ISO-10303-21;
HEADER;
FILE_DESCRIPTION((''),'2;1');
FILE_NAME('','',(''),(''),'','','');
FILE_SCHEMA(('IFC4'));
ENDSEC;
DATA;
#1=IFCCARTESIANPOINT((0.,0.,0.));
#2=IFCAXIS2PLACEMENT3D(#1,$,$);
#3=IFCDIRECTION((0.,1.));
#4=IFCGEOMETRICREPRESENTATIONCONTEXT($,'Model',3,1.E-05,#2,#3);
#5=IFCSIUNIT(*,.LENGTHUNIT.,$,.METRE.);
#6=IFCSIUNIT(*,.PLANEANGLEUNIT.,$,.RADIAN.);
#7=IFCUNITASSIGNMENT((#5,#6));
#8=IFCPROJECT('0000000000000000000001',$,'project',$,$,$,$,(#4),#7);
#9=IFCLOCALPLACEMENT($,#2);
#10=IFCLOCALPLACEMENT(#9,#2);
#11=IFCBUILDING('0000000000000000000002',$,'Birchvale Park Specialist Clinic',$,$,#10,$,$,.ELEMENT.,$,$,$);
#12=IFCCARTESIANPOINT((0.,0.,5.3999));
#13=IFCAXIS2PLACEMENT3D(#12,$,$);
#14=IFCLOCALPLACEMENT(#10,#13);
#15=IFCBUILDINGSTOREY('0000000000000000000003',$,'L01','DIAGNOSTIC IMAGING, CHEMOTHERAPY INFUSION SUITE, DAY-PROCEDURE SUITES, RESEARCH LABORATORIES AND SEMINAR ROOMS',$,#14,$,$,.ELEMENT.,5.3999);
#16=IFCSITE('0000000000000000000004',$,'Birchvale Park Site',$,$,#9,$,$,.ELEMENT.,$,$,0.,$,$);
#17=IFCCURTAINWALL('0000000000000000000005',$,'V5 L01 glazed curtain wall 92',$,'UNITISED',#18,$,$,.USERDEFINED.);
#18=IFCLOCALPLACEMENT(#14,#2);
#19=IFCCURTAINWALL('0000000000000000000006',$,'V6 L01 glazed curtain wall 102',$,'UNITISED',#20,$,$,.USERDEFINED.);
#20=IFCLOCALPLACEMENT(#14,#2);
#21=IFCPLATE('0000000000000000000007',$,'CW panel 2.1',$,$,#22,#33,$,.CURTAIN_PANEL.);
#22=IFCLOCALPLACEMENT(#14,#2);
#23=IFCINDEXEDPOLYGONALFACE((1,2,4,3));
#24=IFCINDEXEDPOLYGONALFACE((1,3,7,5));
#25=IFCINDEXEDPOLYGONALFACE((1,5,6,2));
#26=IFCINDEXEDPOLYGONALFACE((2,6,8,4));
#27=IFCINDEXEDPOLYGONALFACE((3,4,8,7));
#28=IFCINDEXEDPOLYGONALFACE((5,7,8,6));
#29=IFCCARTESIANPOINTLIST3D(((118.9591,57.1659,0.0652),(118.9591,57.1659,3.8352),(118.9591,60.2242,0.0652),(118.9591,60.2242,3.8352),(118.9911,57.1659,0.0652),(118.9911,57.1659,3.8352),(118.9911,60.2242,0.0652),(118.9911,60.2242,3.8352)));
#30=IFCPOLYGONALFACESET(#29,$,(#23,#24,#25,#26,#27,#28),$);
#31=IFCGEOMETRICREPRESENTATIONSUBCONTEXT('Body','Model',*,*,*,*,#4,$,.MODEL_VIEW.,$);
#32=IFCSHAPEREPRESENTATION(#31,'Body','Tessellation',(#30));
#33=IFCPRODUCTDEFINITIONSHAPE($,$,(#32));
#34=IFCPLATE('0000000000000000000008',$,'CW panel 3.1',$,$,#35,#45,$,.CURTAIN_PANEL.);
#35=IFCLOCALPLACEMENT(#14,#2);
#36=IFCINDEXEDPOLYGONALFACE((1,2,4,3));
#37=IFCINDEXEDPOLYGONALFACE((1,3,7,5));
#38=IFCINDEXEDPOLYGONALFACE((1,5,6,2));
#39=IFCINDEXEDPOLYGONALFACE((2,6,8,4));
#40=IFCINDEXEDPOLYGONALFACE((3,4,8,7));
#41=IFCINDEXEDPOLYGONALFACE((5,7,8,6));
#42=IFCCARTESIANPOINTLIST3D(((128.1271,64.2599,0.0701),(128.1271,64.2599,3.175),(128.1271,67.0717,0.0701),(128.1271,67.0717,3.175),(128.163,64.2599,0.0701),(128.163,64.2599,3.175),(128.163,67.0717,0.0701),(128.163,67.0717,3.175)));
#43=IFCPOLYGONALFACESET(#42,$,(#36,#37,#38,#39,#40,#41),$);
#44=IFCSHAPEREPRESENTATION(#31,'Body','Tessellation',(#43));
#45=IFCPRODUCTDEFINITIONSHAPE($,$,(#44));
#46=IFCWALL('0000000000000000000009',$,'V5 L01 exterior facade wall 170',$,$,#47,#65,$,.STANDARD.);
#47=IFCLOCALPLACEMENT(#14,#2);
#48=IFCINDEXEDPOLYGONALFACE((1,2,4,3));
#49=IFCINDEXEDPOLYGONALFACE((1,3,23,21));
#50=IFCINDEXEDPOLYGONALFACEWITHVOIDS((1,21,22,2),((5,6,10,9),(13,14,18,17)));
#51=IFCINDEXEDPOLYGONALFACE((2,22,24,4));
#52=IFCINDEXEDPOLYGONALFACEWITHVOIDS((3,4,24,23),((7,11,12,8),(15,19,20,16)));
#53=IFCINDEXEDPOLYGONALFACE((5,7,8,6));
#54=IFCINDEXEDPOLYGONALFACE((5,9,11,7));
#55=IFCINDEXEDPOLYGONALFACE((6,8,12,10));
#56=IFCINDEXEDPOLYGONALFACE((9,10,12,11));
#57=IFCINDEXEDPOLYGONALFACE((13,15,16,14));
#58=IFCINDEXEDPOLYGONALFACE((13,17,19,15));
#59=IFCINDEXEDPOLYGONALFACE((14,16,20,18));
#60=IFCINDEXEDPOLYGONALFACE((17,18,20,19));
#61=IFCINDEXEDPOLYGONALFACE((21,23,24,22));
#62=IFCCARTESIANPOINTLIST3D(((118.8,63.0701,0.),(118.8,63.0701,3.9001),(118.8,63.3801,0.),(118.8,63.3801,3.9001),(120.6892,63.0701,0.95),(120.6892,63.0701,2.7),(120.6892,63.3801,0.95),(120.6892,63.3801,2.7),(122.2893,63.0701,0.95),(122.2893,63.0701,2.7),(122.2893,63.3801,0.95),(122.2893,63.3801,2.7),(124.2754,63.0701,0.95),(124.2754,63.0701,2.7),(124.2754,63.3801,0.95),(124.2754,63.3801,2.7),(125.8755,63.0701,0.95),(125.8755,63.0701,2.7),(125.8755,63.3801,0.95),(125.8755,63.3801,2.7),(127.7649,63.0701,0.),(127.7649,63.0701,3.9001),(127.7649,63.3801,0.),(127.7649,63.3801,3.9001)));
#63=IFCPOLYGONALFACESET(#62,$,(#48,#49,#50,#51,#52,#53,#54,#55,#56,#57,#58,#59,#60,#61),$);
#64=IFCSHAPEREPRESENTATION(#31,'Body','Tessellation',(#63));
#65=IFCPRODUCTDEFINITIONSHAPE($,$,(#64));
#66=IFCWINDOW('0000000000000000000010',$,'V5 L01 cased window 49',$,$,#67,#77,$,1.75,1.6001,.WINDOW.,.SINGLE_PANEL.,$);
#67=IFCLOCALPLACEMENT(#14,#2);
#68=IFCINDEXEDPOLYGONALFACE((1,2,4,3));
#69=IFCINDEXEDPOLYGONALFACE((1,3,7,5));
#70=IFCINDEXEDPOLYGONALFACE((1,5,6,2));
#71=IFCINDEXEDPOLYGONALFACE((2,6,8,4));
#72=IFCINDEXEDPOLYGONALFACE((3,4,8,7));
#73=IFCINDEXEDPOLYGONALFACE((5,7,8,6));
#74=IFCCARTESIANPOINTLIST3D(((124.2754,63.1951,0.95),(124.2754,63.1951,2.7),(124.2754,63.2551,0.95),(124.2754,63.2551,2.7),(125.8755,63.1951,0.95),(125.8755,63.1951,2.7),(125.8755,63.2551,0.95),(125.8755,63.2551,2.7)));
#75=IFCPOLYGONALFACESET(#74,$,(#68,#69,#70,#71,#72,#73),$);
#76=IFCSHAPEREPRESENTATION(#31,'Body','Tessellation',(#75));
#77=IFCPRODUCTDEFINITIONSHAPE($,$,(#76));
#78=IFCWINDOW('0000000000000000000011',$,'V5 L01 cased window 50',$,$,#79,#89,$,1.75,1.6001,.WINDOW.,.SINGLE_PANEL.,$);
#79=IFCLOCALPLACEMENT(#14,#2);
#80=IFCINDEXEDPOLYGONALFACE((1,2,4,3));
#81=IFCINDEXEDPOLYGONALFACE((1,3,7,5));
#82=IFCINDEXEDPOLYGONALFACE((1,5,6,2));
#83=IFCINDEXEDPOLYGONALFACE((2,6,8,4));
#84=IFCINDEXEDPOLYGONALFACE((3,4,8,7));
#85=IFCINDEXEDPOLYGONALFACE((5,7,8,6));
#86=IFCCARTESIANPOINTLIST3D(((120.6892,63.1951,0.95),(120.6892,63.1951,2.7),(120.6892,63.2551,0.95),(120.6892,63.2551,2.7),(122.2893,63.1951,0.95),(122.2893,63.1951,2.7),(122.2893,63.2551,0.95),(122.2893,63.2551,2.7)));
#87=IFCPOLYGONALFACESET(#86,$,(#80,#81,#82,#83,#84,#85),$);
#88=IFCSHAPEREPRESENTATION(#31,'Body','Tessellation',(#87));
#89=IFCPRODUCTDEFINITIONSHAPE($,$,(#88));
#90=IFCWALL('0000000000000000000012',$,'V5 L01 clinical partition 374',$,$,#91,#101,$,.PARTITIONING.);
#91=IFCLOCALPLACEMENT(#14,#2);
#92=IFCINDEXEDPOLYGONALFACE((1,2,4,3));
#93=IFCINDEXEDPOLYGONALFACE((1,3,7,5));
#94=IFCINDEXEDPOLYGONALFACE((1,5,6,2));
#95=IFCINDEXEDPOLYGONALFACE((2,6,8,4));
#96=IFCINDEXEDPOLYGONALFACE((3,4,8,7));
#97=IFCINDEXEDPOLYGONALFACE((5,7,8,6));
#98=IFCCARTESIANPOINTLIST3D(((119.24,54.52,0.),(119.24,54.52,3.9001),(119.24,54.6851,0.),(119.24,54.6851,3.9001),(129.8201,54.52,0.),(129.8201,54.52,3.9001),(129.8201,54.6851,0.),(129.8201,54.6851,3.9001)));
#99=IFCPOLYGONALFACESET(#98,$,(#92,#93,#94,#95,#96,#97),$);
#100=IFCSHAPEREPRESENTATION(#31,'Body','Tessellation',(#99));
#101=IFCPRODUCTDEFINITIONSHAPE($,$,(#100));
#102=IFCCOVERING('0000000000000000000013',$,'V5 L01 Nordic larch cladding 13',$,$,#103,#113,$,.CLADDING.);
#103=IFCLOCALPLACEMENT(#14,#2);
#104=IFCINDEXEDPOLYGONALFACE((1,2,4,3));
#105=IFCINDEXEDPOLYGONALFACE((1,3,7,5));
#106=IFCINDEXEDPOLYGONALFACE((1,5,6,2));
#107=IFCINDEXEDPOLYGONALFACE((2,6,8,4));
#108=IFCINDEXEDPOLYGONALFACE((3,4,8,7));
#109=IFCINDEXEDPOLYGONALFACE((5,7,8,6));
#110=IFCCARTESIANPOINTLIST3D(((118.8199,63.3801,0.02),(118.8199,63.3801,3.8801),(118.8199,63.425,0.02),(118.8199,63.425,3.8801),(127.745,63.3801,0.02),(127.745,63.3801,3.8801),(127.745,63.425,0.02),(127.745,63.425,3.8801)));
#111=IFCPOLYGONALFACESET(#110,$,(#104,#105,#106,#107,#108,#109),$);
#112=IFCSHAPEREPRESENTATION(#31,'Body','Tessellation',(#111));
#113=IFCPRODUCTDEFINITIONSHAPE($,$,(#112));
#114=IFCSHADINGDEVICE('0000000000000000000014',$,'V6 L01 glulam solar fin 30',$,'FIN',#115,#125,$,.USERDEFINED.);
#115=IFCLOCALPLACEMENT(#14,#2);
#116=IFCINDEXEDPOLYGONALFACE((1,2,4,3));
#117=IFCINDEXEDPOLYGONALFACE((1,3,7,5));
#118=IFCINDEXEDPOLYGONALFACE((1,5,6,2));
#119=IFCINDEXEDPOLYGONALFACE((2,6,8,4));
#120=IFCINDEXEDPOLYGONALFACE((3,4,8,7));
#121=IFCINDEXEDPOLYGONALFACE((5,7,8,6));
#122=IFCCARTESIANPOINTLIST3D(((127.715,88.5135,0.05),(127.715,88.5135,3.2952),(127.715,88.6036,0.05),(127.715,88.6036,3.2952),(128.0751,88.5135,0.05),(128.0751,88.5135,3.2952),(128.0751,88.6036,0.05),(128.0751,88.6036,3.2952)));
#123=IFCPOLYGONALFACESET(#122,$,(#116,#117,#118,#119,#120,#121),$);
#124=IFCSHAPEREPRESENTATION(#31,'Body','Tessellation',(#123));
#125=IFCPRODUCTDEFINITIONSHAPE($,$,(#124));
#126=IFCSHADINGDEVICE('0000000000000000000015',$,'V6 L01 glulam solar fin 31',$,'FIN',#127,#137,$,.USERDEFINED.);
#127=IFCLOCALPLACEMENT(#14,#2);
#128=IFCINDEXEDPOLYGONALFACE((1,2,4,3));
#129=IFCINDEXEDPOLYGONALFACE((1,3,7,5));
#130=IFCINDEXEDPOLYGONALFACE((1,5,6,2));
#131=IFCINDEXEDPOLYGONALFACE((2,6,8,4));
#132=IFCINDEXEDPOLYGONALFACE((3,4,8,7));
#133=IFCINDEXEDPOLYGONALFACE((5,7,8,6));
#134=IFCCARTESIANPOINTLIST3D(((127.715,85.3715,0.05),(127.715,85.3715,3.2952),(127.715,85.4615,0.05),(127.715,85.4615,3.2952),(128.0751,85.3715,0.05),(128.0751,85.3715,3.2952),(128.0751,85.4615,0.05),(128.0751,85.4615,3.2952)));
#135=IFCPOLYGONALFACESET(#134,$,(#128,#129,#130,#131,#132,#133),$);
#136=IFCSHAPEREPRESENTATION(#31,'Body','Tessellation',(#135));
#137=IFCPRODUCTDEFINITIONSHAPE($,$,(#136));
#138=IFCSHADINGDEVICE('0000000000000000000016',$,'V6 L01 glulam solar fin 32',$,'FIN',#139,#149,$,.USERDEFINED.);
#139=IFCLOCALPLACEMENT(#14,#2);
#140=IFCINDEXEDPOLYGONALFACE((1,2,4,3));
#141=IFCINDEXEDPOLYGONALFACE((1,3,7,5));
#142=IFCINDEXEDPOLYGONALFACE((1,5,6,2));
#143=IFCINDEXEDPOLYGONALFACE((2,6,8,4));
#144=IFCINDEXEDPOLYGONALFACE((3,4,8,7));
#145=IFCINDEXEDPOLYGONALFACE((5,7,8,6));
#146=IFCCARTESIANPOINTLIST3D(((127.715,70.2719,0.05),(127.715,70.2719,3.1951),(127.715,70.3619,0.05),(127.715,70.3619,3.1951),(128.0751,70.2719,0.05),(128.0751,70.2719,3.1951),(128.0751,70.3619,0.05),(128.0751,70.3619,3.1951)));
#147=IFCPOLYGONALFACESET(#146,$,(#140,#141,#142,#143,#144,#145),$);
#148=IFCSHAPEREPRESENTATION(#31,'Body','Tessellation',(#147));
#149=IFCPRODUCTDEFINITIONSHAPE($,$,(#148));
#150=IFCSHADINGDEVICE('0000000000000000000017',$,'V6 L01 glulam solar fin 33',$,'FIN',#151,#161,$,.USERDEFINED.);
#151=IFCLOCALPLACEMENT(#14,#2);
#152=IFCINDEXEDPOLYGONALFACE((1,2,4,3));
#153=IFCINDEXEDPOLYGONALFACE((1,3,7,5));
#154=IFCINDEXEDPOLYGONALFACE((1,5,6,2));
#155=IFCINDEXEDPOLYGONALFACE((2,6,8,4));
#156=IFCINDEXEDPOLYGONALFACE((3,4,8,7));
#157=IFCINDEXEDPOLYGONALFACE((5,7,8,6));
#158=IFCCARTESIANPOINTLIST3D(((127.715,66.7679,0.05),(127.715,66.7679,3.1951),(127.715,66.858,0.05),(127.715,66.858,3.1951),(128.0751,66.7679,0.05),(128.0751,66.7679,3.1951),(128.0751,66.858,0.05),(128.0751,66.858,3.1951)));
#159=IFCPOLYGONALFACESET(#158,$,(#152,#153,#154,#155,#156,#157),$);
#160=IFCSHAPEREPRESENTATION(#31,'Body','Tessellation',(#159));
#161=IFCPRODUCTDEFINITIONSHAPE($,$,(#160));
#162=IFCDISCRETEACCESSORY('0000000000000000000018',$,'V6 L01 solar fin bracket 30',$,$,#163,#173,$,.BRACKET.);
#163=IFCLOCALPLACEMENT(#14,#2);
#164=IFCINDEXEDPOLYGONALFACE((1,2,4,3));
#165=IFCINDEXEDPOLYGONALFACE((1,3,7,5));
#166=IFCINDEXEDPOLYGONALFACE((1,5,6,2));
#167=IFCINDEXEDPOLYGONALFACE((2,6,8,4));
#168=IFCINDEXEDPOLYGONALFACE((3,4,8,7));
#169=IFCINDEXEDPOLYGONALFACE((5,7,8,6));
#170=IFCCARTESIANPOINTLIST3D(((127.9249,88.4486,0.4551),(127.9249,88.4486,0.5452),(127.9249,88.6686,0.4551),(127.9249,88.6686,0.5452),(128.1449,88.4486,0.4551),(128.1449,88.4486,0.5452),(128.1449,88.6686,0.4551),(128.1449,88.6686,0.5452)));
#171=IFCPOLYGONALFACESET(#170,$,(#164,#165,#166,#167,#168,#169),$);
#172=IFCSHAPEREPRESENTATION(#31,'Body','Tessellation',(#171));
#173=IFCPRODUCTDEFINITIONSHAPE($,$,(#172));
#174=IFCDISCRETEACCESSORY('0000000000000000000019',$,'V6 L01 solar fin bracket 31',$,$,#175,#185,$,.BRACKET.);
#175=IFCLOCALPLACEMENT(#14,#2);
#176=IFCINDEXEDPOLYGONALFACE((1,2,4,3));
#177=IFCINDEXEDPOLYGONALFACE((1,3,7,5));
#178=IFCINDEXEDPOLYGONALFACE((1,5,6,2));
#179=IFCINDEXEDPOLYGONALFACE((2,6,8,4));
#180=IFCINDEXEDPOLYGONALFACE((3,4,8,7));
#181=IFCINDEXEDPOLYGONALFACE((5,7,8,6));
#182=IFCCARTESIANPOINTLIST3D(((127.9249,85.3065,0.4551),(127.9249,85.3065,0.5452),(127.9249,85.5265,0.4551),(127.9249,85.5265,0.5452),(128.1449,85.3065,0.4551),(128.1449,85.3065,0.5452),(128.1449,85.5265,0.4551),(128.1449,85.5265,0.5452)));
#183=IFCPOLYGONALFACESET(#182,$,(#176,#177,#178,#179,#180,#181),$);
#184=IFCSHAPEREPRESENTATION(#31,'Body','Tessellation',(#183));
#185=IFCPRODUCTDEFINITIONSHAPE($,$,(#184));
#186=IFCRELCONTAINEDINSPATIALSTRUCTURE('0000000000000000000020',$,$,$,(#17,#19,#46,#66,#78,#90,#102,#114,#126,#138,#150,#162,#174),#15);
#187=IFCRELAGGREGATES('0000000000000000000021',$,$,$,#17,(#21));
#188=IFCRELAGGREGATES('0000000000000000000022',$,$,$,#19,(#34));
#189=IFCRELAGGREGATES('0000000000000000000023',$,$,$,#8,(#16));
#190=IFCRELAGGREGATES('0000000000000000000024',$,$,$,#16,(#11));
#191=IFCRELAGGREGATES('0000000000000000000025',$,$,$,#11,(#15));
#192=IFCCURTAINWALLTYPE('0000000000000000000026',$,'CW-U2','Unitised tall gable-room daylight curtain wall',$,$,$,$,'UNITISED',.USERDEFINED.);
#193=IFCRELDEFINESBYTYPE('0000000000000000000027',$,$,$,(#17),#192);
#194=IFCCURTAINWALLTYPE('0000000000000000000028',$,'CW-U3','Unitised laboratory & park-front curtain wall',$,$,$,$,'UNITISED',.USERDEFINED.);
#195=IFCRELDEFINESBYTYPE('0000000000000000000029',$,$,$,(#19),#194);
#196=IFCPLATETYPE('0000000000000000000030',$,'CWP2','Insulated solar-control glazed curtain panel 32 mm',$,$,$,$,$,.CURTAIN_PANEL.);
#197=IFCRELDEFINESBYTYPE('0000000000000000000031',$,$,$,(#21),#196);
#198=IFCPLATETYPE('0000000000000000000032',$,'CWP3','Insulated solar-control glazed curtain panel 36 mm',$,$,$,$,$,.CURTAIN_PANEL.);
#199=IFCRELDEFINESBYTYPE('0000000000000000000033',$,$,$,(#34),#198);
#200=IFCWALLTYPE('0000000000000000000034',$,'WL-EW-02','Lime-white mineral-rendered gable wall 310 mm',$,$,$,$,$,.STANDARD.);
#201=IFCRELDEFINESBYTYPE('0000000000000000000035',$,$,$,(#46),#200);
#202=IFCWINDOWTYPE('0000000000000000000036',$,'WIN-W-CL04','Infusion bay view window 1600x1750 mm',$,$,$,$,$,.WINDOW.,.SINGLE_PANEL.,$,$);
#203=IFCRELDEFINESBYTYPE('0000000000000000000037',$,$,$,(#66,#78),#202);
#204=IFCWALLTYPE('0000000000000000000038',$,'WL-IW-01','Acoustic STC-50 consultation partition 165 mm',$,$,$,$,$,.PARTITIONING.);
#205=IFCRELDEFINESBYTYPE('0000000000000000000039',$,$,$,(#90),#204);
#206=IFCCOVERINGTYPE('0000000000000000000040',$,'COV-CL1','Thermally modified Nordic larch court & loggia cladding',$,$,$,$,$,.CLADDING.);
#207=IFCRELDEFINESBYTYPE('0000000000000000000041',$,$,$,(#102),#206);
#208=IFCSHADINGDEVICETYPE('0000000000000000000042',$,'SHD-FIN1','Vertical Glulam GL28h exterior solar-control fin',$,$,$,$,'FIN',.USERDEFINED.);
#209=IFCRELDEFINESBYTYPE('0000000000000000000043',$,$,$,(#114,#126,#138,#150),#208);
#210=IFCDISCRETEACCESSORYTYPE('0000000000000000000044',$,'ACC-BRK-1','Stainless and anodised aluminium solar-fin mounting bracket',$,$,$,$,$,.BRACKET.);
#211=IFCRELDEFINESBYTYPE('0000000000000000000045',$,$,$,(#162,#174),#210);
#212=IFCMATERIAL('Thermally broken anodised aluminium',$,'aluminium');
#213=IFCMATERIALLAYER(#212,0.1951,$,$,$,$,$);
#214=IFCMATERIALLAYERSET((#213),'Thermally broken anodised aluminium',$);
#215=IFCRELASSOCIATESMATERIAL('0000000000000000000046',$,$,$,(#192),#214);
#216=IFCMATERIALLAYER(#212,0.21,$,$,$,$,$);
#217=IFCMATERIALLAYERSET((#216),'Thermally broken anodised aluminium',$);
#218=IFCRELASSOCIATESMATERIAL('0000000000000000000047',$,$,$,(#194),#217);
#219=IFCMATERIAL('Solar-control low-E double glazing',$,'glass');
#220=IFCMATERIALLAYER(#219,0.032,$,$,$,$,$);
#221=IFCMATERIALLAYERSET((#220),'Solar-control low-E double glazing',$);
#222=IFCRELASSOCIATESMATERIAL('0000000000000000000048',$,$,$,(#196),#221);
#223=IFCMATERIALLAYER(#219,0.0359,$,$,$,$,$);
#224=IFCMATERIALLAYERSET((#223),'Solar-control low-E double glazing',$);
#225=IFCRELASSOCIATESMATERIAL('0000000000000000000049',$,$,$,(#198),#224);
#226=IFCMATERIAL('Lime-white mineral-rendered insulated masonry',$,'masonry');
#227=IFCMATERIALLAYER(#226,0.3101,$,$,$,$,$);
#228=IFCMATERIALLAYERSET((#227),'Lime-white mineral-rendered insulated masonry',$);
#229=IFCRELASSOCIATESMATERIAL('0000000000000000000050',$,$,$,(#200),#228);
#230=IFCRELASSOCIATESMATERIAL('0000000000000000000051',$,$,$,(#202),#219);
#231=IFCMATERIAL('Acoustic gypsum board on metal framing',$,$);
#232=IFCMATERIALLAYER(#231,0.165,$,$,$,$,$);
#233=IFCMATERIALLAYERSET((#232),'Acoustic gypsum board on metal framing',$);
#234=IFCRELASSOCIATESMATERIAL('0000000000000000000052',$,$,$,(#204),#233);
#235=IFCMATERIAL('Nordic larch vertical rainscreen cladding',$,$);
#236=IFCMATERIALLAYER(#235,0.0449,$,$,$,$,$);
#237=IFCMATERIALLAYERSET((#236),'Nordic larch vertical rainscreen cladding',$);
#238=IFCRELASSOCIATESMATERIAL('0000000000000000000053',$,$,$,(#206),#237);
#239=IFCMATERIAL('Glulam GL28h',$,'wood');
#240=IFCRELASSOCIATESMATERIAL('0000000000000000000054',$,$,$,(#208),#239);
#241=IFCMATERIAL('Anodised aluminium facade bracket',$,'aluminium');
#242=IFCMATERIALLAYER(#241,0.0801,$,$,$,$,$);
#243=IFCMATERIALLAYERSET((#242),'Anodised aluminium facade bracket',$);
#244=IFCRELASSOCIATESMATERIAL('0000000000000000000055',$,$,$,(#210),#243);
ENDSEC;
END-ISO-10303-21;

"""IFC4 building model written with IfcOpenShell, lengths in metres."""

from ifc_helpers import new_model, si_unit, direction, frame, frame_2d, origin, origin_2d, place, context, subcontext, project, spatial, rectangle, extrude, material, layer, layer_set, type_object, element, fill, aggregate, save


model = new_model("IFC4")

# Units and contexts
model_context = context("Model", 3, precision=1e-05, world=origin(), true_north=direction((0.0, 1.0)))
body_context = subcontext(model_context, "Body", "Model", "MODEL_VIEW")
ifc_project = project(units=[si_unit("LENGTHUNIT", "METRE"), si_unit("PLANEANGLEUNIT", "RADIAN")], contexts=[model_context])

# Site, building, storey
site_placement = place(None, origin())
site = spatial("IfcSite", under=ifc_project, at=site_placement, Name="Birchvale Park Site", CompositionType="ELEMENT", RefElevation=0.0)
building_placement = place(site_placement, origin())
building = spatial("IfcBuilding", under=site, at=building_placement, Name="Birchvale Park Specialist Clinic", CompositionType="ELEMENT")
storey_placement = place(building_placement, frame((0.0, 0.0, 5.3999)))
storey = spatial("IfcBuildingStorey", under=building, at=storey_placement, Name="L01", Description="DIAGNOSTIC IMAGING, CHEMOTHERAPY INFUSION SUITE, DAY-PROCEDURE SUITES, RESEARCH LABORATORIES AND SEMINAR ROOMS", CompositionType="ELEMENT", Elevation=5.3999)

# Curtain wall
ifc_material_1 = material(Name="Thermally broken anodised aluminium", Category="aluminium")
ifc_layer_1 = layer(ifc_material_1, 0.1951)
ifc_layer_set_1 = layer_set([ifc_layer_1], Name="Thermally broken anodised aluminium")
curtain_wall_type_1 = type_object("IfcCurtainWallType", Name="CW-U2", Description="Unitised tall gable-room daylight curtain wall", ElementType="UNITISED", PredefinedType="USERDEFINED", material=ifc_layer_set_1)
curtain_wall_1_placement = place(storey_placement, origin())
curtain_wall_1 = element("IfcCurtainWall", 1, at=curtain_wall_1_placement, inside=storey, type_object=curtain_wall_type_1, Name="V5 L01 glazed curtain wall 92", ObjectType="UNITISED", PredefinedType="USERDEFINED")

# Curtain wall
ifc_layer_2 = layer(ifc_material_1, 0.21)
ifc_layer_set_2 = layer_set([ifc_layer_2], Name="Thermally broken anodised aluminium")
curtain_wall_type_2 = type_object("IfcCurtainWallType", Name="CW-U3", Description="Unitised laboratory & park-front curtain wall", ElementType="UNITISED", PredefinedType="USERDEFINED", material=ifc_layer_set_2)
curtain_wall_2_placement = place(storey_placement, origin())
curtain_wall_2 = element("IfcCurtainWall", 2, at=curtain_wall_2_placement, inside=storey, type_object=curtain_wall_type_2, Name="V6 L01 glazed curtain wall 102", ObjectType="UNITISED", PredefinedType="USERDEFINED")

# Plates
ifc_material_2 = material(Name="Solar-control low-E double glazing", Category="glass")
ifc_layer_3 = layer(ifc_material_2, 0.032)
ifc_layer_set_3 = layer_set([ifc_layer_3], Name="Solar-control low-E double glazing")
plate_type_1 = type_object("IfcPlateType", Name="CWP2", Description="Insulated solar-control glazed curtain panel 32 mm", PredefinedType="CURTAIN_PANEL", material=ifc_layer_set_3)
plate_1_placement = place(storey_placement, frame((118.9751, 58.6951, 0.0652), z_axis=(0.0, 0.0, 1.0), x_axis=(0.0, -1.0, 0.0)))
plate_1 = element("IfcPlate", 3, at=plate_1_placement, type_object=plate_type_1, Name="CW panel 2.1", PredefinedType="CURTAIN_PANEL", context=body_context, shape_type="SweptSolid", body=[
    extrude(rectangle(XDim=3.0583, YDim=0.032, at=origin_2d()), origin(), (0.0, 0.0, 1.0), 3.77),
])
aggregate(curtain_wall_1, [plate_1])
ifc_layer_4 = layer(ifc_material_2, 0.0359)
ifc_layer_set_4 = layer_set([ifc_layer_4], Name="Solar-control low-E double glazing")
plate_type_2 = type_object("IfcPlateType", Name="CWP3", Description="Insulated solar-control glazed curtain panel 36 mm", PredefinedType="CURTAIN_PANEL", material=ifc_layer_set_4)
plate_2_placement = place(storey_placement, frame((128.145, 65.6658, 0.0701), z_axis=(0.0, 0.0, 1.0), x_axis=(0.0, -1.0, 0.0)))
plate_2 = element("IfcPlate", 4, at=plate_2_placement, type_object=plate_type_2, Name="CW panel 3.1", PredefinedType="CURTAIN_PANEL", context=body_context, shape_type="SweptSolid", body=[
    extrude(rectangle(XDim=2.8118, YDim=0.0359, at=origin_2d()), origin(), (0.0, 0.0, 1.0), 3.105),
])
aggregate(curtain_wall_2, [plate_2])

# Wall, openings, windows
ifc_material_3 = material(Name="Lime-white mineral-rendered insulated masonry", Category="masonry")
ifc_layer_5 = layer(ifc_material_3, 0.3101)
ifc_layer_set_5 = layer_set([ifc_layer_5], Name="Lime-white mineral-rendered insulated masonry")
wall_type_1 = type_object("IfcWallType", Name="WL-EW-02", Description="Lime-white mineral-rendered gable wall 310 mm", PredefinedType="STANDARD", material=ifc_layer_set_5)
wall_1_placement = place(storey_placement, frame((127.7649, 63.2251, 0.0), z_axis=(0.0, 0.0, 1.0), x_axis=(-1.0, 0.0, 0.0)))
wall_1 = element("IfcWall", 5, at=wall_1_placement, inside=storey, type_object=wall_type_1, Name="V5 L01 exterior facade wall 170", PredefinedType="STANDARD", context=body_context, shape_type="SweptSolid", body=[
    extrude(rectangle(XDim=8.9648, YDim=0.3101, at=frame_2d((4.4824, 0.0))), origin(), (0.0, 0.0, 1.0), 3.9001),
])
opening_1_placement = place(wall_1_placement, frame((1.8894, 0.0, 0.95)))
opening_1 = element("IfcOpeningElement", 6, at=opening_1_placement, cuts=wall_1, PredefinedType="OPENING", context=body_context, shape_type="SweptSolid", body=[
    extrude(rectangle(XDim=1.6001, YDim=1.75, at=frame_2d((0.8, 0.875))), frame((0.0, 0.165, 0.0), z_axis=(0.0, -1.0, 0.0), x_axis=(1.0, 0.0, 0.0)), (0.0, 0.0, 1.0), 0.3301),
])
opening_2_placement = place(wall_1_placement, frame((5.4756, 0.0, 0.95)))
opening_2 = element("IfcOpeningElement", 7, at=opening_2_placement, cuts=wall_1, PredefinedType="OPENING", context=body_context, shape_type="SweptSolid", body=[
    extrude(rectangle(XDim=1.6001, YDim=1.75, at=frame_2d((0.8, 0.875))), frame((0.0, 0.165, 0.0), z_axis=(0.0, -1.0, 0.0), x_axis=(1.0, 0.0, 0.0)), (0.0, 0.0, 1.0), 0.3301),
])
window_type = type_object("IfcWindowType", Name="WIN-W-CL04", Description="Infusion bay view window 1600x1750 mm", PartitioningType="SINGLE_PANEL", PredefinedType="WINDOW", material=ifc_material_2)
window_1_placement = place(opening_1_placement, origin())
window_1 = element("IfcWindow", 8, at=window_1_placement, inside=storey, type_object=window_type, Name="V5 L01 cased window 49", OverallHeight=1.75, OverallWidth=1.6001, PartitioningType="SINGLE_PANEL", PredefinedType="WINDOW", context=body_context, shape_type="SweptSolid", body=[
    extrude(rectangle(XDim=1.6001, YDim=1.75, at=frame_2d((0.8, 0.875))), frame((0.0, 0.03, 0.0), z_axis=(0.0, -1.0, 0.0), x_axis=(1.0, 0.0, 0.0)), (0.0, 0.0, 1.0), 0.0601),
])
fill(opening_1, window_1)
window_2_placement = place(opening_2_placement, origin())
window_2 = element("IfcWindow", 9, at=window_2_placement, inside=storey, type_object=window_type, Name="V5 L01 cased window 50", OverallHeight=1.75, OverallWidth=1.6001, PartitioningType="SINGLE_PANEL", PredefinedType="WINDOW", context=body_context, shape_type="SweptSolid", body=[
    extrude(rectangle(XDim=1.6001, YDim=1.75, at=frame_2d((0.8, 0.875))), frame((0.0, 0.03, 0.0), z_axis=(0.0, -1.0, 0.0), x_axis=(1.0, 0.0, 0.0)), (0.0, 0.0, 1.0), 0.0601),
])
fill(opening_2, window_2)

# Wall
ifc_material_4 = material(Name="Acoustic gypsum board on metal framing")
ifc_layer_6 = layer(ifc_material_4, 0.165)
ifc_layer_set_6 = layer_set([ifc_layer_6], Name="Acoustic gypsum board on metal framing")
wall_type_2 = type_object("IfcWallType", Name="WL-IW-01", Description="Acoustic STC-50 consultation partition 165 mm", PredefinedType="PARTITIONING", material=ifc_layer_set_6)
wall_2_placement = place(storey_placement, frame((119.24, 54.6025, 0.0), z_axis=(0.0, 0.0, 1.0), x_axis=(1.0, 0.0, 0.0)))
element("IfcWall", 10, at=wall_2_placement, inside=storey, type_object=wall_type_2, Name="V5 L01 clinical partition 374", PredefinedType="PARTITIONING", context=body_context, shape_type="SweptSolid", body=[
    extrude(rectangle(XDim=10.5801, YDim=0.165, at=frame_2d((5.29, 0.0))), origin(), (0.0, 0.0, 1.0), 3.9001),
])

# Covering
ifc_material_5 = material(Name="Nordic larch vertical rainscreen cladding")
ifc_layer_7 = layer(ifc_material_5, 0.0449)
ifc_layer_set_7 = layer_set([ifc_layer_7], Name="Nordic larch vertical rainscreen cladding")
covering_type = type_object("IfcCoveringType", Name="COV-CL1", Description="Thermally modified Nordic larch court & loggia cladding", PredefinedType="CLADDING", material=ifc_layer_set_7)
covering_placement = place(storey_placement, frame((123.2825, 63.4026, 0.02), z_axis=(0.0, 0.0, 1.0), x_axis=(-1.0, 0.0, 0.0)))
element("IfcCovering", 11, at=covering_placement, inside=storey, type_object=covering_type, Name="V5 L01 Nordic larch cladding 13", PredefinedType="CLADDING", context=body_context, shape_type="SweptSolid", body=[
    extrude(rectangle(XDim=8.925, YDim=0.0449, at=origin_2d()), origin(), (0.0, 0.0, 1.0), 3.8601),
])

# Shading devices
ifc_material_6 = material(Name="Glulam GL28h", Category="wood")
shading_device_type = type_object("IfcShadingDeviceType", Name="SHD-FIN1", Description="Vertical Glulam GL28h exterior solar-control fin", ElementType="FIN", PredefinedType="USERDEFINED", material=ifc_material_6)
for number, where, z_axis, x_axis, name in (
    (12, (127.895, 88.5586, 0.05), (0.0, 0.0, 1.0), (1.0, 0.0, 0.0), "V6 L01 glulam solar fin 30"),
    (13, (127.895, 85.4165, 0.05), (0.0, 0.0, 1.0), (1.0, 0.0, 0.0), "V6 L01 glulam solar fin 31"),
):
    element("IfcShadingDevice", number, at=place(storey_placement, frame(where, z_axis=z_axis, x_axis=x_axis)), inside=storey, type_object=shading_device_type, Name=name, ObjectType="FIN", PredefinedType="USERDEFINED", context=body_context, shape_type="SweptSolid", body=[
        extrude(rectangle(XDim=0.3601, YDim=0.0901, at=origin_2d()), origin(), (0.0, 0.0, 1.0), 3.2451),
    ])
for number, where, z_axis, x_axis, name in (
    (14, (127.895, 70.3169, 0.05), (0.0, 0.0, 1.0), (1.0, 0.0, 0.0), "V6 L01 glulam solar fin 32"),
    (15, (127.895, 66.813, 0.05), (0.0, 0.0, 1.0), (1.0, 0.0, 0.0), "V6 L01 glulam solar fin 33"),
):
    element("IfcShadingDevice", number, at=place(storey_placement, frame(where, z_axis=z_axis, x_axis=x_axis)), inside=storey, type_object=shading_device_type, Name=name, ObjectType="FIN", PredefinedType="USERDEFINED", context=body_context, shape_type="SweptSolid", body=[
        extrude(rectangle(XDim=0.3601, YDim=0.0901, at=origin_2d()), origin(), (0.0, 0.0, 1.0), 3.145),
    ])

# Discrete accessories
ifc_material_7 = material(Name="Anodised aluminium facade bracket", Category="aluminium")
ifc_layer_8 = layer(ifc_material_7, 0.0801)
ifc_layer_set_8 = layer_set([ifc_layer_8], Name="Anodised aluminium facade bracket")
discrete_accessory_type = type_object("IfcDiscreteAccessoryType", Name="ACC-BRK-1", Description="Stainless and anodised aluminium solar-fin mounting bracket", PredefinedType="BRACKET", material=ifc_layer_set_8)
for number, where, z_axis, x_axis, name in (
    (16, (128.0349, 88.5586, 0.4551), (0.0, 0.0, 1.0), (1.0, 0.0, 0.0), "V6 L01 solar fin bracket 30"),
    (17, (128.0349, 85.4165, 0.4551), (0.0, 0.0, 1.0), (1.0, 0.0, 0.0), "V6 L01 solar fin bracket 31"),
):
    element("IfcDiscreteAccessory", number, at=place(storey_placement, frame(where, z_axis=z_axis, x_axis=x_axis)), inside=storey, type_object=discrete_accessory_type, Name=name, PredefinedType="BRACKET", context=body_context, shape_type="SweptSolid", body=[
        extrude(rectangle(XDim=0.22, YDim=0.22, at=origin_2d()), origin(), (0.0, 0.0, 1.0), 0.0901),
    ])

save(model, "model.ifc")
